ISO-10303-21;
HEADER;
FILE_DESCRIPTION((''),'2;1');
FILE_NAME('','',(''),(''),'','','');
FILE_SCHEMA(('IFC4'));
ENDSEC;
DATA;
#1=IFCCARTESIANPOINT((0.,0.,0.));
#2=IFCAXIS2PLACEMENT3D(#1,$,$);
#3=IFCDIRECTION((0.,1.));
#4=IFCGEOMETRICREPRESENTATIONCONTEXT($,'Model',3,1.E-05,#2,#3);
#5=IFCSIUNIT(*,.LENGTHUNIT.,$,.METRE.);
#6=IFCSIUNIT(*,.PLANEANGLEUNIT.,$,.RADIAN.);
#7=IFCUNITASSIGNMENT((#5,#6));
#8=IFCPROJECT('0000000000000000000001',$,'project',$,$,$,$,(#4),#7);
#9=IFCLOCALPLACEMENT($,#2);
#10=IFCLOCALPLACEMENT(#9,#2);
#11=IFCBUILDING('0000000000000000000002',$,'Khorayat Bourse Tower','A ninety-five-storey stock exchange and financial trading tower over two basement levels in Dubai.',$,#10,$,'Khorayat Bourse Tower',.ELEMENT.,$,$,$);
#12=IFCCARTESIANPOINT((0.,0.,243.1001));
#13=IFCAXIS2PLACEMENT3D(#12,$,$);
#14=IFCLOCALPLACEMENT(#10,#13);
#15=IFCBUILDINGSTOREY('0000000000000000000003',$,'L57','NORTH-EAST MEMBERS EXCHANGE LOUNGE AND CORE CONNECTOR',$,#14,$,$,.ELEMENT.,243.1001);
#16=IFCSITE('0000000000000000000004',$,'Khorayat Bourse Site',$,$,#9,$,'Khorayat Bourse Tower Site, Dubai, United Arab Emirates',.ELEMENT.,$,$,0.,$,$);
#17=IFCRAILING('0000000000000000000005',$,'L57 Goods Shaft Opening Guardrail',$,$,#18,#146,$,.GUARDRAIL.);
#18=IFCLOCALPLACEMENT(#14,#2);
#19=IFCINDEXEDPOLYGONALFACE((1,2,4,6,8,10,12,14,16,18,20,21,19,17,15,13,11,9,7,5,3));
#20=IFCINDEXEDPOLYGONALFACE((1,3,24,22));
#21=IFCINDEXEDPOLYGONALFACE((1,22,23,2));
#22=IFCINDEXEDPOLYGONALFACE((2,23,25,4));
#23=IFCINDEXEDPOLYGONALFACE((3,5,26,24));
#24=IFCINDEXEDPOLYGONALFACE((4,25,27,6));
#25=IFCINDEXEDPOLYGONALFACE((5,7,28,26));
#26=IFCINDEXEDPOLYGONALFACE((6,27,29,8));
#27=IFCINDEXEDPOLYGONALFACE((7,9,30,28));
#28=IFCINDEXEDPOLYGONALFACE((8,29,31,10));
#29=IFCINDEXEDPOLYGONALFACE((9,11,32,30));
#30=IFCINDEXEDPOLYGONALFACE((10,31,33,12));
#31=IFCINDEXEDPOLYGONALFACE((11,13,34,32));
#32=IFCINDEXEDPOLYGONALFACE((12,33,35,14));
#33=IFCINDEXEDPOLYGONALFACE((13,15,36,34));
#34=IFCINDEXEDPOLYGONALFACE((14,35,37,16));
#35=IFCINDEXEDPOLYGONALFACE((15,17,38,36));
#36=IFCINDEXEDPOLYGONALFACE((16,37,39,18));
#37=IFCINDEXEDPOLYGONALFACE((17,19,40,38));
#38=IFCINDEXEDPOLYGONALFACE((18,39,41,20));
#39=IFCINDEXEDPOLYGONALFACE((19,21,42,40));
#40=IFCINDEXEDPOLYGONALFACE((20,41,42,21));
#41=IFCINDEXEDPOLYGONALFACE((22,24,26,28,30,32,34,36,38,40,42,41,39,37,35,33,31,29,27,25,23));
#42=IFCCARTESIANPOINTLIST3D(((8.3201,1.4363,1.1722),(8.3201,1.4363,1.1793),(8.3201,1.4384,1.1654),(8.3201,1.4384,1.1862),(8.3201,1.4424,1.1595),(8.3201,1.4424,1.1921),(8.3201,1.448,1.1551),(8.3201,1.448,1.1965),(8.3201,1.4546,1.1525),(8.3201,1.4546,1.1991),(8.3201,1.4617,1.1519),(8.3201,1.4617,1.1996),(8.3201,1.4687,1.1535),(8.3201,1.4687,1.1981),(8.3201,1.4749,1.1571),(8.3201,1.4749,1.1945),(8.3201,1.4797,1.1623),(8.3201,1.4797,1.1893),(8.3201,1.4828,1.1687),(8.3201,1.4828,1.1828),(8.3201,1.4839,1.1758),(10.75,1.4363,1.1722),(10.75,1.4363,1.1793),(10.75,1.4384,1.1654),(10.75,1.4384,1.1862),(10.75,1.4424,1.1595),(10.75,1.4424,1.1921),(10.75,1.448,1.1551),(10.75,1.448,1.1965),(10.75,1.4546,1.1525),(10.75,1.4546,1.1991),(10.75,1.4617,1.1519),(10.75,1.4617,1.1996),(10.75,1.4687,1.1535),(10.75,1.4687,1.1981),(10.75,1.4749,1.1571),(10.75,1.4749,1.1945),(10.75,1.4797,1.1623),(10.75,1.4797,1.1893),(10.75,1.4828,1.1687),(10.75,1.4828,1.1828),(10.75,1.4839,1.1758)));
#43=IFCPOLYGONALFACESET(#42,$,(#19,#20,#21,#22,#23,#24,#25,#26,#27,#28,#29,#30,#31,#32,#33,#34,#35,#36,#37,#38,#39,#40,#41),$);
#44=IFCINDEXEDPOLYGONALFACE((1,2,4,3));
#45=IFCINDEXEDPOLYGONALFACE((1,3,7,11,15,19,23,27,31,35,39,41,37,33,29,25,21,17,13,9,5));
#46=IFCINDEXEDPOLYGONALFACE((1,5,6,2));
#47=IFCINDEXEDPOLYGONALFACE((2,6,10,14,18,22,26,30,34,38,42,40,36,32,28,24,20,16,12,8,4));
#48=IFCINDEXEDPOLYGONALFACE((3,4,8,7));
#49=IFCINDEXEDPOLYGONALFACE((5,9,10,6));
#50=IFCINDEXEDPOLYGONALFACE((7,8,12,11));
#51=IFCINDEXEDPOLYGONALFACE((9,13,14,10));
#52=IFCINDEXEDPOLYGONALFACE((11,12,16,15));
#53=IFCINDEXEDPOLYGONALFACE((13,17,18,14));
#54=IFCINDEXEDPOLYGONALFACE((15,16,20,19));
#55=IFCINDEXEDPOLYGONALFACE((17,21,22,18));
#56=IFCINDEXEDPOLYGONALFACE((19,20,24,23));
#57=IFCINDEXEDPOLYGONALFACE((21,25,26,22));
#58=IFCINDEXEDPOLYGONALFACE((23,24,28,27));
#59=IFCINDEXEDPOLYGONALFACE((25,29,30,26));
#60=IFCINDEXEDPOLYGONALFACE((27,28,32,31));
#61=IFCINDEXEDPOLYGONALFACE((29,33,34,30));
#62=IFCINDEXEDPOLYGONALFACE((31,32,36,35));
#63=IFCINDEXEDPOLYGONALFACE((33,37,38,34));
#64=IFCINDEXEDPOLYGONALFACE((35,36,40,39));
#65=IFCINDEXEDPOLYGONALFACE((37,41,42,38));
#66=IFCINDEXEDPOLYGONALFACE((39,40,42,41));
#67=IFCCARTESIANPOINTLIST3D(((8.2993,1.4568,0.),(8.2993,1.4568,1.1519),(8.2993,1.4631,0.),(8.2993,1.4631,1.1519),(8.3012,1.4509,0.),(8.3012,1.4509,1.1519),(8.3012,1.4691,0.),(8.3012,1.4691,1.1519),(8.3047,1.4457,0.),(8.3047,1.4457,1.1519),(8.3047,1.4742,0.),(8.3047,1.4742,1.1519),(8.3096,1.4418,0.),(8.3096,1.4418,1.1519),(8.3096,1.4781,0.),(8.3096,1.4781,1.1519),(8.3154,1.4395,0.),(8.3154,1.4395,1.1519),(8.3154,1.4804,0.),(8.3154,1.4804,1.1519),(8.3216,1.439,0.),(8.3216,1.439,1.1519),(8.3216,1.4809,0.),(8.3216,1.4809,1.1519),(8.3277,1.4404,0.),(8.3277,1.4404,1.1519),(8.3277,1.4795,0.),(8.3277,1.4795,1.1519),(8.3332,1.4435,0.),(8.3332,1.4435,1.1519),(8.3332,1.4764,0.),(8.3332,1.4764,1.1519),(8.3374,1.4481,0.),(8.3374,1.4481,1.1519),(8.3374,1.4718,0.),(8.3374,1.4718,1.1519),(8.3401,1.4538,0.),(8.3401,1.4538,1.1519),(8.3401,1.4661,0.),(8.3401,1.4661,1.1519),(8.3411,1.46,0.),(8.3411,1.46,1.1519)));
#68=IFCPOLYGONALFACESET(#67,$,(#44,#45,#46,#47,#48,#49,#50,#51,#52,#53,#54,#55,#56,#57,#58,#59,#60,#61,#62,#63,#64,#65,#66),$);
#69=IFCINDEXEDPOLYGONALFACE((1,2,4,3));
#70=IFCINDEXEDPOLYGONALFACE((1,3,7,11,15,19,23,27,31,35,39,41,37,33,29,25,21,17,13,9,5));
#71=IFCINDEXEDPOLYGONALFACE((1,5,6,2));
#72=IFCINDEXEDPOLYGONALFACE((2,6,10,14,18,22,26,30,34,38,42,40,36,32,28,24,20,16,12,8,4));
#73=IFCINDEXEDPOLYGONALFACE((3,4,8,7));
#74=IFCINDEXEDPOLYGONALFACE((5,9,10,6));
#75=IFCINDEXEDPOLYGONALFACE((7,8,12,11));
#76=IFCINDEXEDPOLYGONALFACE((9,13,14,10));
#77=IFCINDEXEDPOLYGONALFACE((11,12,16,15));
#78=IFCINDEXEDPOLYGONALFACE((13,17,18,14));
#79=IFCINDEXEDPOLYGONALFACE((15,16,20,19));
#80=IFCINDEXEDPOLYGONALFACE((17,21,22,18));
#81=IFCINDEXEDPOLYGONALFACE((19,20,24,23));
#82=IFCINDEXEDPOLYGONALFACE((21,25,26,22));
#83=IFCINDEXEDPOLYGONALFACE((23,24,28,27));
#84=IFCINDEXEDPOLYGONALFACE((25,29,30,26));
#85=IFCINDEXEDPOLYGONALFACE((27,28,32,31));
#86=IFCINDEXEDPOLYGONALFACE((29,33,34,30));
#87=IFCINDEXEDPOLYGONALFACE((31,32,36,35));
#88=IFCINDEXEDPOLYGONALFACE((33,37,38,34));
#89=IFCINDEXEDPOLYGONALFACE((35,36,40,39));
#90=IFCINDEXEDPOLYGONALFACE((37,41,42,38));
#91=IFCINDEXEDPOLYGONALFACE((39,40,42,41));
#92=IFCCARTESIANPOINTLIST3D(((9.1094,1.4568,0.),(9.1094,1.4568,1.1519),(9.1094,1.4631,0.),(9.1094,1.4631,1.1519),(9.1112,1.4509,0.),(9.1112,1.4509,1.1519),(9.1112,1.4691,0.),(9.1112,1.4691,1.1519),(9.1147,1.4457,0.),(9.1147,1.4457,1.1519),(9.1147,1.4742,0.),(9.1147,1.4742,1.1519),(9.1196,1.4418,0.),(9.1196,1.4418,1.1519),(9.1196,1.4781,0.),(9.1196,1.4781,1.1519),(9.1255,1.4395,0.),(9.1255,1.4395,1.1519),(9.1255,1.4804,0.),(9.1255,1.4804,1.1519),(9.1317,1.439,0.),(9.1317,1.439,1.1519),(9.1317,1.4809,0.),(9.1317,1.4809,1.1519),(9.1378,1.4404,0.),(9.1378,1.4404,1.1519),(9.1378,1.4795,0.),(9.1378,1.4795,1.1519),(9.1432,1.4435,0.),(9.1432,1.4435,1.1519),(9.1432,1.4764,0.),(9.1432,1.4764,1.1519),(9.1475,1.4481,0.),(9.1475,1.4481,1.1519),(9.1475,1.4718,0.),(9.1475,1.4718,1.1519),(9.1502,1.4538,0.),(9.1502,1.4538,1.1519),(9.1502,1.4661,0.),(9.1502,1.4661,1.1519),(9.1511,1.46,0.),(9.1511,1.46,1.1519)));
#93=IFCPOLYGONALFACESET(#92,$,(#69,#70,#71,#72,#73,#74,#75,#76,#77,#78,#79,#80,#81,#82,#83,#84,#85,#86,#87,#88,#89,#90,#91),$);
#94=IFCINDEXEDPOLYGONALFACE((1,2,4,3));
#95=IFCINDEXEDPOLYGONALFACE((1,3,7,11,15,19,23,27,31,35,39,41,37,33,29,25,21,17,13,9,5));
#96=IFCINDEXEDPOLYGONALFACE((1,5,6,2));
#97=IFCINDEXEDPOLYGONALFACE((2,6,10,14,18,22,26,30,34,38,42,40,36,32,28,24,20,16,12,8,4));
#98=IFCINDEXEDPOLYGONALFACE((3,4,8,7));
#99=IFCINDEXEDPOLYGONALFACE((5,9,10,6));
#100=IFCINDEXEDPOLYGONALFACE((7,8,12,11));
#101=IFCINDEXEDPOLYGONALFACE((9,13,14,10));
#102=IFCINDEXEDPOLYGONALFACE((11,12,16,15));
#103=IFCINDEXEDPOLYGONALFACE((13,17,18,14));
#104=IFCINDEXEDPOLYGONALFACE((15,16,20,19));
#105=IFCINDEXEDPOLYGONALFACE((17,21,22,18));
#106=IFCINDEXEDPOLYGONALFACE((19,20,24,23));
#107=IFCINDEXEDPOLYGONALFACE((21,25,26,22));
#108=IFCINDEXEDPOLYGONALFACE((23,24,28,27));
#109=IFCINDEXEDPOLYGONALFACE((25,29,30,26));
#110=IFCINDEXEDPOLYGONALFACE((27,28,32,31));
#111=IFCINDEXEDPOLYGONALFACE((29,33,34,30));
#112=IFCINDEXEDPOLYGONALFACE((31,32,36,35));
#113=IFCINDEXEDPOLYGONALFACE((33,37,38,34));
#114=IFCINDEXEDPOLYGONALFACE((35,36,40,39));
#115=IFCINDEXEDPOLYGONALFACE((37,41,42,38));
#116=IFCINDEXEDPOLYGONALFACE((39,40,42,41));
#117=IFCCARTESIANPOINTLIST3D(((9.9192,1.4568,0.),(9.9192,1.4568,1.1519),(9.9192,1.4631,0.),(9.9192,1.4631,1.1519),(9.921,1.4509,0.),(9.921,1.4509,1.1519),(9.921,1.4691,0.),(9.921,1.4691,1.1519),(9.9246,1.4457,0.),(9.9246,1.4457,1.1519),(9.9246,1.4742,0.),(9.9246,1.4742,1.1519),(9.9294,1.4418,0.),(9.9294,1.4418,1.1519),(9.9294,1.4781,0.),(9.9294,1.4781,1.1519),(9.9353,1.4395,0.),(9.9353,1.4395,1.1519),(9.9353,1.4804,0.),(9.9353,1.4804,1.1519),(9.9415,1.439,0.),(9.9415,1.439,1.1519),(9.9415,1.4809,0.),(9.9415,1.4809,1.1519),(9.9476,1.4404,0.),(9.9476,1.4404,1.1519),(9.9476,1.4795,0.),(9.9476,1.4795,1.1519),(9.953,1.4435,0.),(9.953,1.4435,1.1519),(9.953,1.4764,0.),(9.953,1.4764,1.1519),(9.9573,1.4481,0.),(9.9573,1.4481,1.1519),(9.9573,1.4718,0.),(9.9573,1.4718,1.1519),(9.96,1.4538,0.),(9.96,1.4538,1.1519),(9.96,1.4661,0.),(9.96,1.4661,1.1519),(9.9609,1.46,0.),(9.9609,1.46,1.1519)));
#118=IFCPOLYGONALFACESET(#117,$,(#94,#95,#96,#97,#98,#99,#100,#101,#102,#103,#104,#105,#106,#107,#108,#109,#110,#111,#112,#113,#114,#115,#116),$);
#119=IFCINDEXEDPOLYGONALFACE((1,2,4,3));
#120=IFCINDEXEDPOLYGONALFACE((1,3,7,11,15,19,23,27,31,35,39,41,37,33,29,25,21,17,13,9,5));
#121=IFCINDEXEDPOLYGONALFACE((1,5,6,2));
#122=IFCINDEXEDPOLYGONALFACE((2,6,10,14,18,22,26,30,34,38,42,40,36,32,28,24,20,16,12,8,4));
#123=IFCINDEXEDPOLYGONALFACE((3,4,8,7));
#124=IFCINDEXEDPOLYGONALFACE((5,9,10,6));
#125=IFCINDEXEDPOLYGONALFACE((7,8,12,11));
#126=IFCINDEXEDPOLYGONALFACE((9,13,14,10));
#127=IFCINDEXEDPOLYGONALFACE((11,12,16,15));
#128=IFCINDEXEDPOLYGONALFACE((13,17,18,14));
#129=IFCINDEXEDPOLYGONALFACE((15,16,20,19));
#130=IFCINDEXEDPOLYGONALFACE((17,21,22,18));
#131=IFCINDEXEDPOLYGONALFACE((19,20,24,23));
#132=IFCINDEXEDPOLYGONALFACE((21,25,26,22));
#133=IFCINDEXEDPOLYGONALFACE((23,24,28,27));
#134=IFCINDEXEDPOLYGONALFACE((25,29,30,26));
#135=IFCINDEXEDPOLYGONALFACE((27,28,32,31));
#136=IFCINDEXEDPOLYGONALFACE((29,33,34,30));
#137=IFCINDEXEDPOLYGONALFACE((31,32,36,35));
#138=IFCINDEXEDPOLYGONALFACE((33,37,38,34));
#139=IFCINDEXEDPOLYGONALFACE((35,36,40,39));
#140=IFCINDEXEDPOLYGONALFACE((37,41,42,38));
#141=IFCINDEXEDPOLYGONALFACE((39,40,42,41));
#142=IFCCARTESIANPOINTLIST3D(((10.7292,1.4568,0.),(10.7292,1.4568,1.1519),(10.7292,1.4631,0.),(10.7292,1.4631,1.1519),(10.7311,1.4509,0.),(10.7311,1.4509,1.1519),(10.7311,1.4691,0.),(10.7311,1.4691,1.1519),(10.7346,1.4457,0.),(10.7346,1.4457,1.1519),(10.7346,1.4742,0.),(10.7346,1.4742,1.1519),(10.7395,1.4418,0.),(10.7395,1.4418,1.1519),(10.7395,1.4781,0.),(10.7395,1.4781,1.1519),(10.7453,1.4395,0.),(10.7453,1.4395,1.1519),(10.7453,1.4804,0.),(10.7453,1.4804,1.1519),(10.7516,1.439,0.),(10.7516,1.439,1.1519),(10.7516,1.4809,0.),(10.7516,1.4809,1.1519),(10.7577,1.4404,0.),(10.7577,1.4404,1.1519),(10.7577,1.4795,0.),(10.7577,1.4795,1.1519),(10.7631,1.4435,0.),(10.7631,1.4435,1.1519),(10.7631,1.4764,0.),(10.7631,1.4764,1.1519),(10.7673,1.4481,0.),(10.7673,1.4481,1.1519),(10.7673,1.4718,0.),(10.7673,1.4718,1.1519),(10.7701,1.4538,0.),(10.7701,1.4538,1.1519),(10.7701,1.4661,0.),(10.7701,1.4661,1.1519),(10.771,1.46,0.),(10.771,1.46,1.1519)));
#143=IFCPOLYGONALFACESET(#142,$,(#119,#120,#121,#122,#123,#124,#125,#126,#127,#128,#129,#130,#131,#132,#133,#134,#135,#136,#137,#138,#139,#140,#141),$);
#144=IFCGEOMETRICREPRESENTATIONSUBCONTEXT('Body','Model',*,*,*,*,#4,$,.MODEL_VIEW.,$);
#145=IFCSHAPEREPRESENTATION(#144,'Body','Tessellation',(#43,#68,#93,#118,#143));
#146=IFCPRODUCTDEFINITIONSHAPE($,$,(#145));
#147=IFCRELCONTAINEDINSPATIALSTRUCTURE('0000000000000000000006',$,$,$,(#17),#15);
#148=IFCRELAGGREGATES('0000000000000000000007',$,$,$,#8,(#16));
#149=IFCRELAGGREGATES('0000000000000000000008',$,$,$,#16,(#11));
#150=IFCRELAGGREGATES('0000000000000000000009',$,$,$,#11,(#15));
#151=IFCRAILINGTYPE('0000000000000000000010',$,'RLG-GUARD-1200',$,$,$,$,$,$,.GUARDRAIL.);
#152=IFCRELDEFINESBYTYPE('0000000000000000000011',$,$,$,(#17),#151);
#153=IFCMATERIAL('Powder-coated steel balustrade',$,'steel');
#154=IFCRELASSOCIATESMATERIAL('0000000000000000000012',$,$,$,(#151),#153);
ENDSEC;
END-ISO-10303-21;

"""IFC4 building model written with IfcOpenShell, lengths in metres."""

from ifc_helpers import new_model, si_unit, direction, frame, origin, origin_2d, place, context, subcontext, project, spatial, circle, extrude, source, transform, mapped, material, type_object, element, save


model = new_model("IFC4")

# Units and contexts
model_context = context("Model", 3, precision=1e-05, world=origin(), true_north=direction((0.0, 1.0)))
body_context = subcontext(model_context, "Body", "Model", "MODEL_VIEW")
ifc_project = project(units=[si_unit("LENGTHUNIT", "METRE"), si_unit("PLANEANGLEUNIT", "RADIAN")], contexts=[model_context])

# Site, building, storey
site_placement = place(None, origin())
site = spatial("IfcSite", under=ifc_project, at=site_placement, Name="Khorayat Bourse Site", LongName="Khorayat Bourse Tower Site, Dubai, United Arab Emirates", CompositionType="ELEMENT", RefElevation=0.0)
building_placement = place(site_placement, origin())
building = spatial("IfcBuilding", under=site, at=building_placement, Name="Khorayat Bourse Tower", Description="A ninety-five-storey stock exchange and financial trading tower over two basement levels in Dubai.", LongName="Khorayat Bourse Tower", CompositionType="ELEMENT")
storey_placement = place(building_placement, frame((0.0, 0.0, 243.1001)))
storey = spatial("IfcBuildingStorey", under=building, at=storey_placement, Name="L57", Description="NORTH-EAST MEMBERS EXCHANGE LOUNGE AND CORE CONNECTOR", CompositionType="ELEMENT", Elevation=243.1001)

# Railing
ifc_material_1 = material(Name="Powder-coated steel balustrade", Category="steel")
railing_type = type_object("IfcRailingType", Name="RLG-GUARD-1200", PredefinedType="GUARDRAIL", material=ifc_material_1)
shared_shape_1 = source(origin(), body_context, "Body", "SweptSolid", [
    extrude(circle(Radius=0.0239, at=origin_2d()), frame((0.0, 0.0, 1.1758), z_axis=(1.0, 0.0, 0.0), x_axis=(0.0, 1.0, 0.0)), (0.0, 0.0, 1.0), 2.4299),
    extrude(circle(Radius=0.021, at=origin_2d()), origin(), (0.0, 0.0, 1.0), 1.1519),
    extrude(circle(Radius=0.021, at=origin_2d()), frame((0.8101, 0.0, 0.0)), (0.0, 0.0, 1.0), 1.1519),
    extrude(circle(Radius=0.021, at=origin_2d()), frame((1.6199, 0.0, 0.0)), (0.0, 0.0, 1.0), 1.1519),
    extrude(circle(Radius=0.021, at=origin_2d()), frame((2.4299, 0.0, 0.0)), (0.0, 0.0, 1.0), 1.1519),
])
railing_placement = place(storey_placement, frame((8.3201, 1.46, 0.0)))
element("IfcRailing", 1, at=railing_placement, inside=storey, type_object=railing_type, Name="L57 Goods Shaft Opening Guardrail", PredefinedType="GUARDRAIL", context=body_context, shape_type="MappedRepresentation", body=[
    mapped(shared_shape_1, transform((0.0, 0.0, 0.0), scale=1.0)),
])

save(model, "model.ifc")
